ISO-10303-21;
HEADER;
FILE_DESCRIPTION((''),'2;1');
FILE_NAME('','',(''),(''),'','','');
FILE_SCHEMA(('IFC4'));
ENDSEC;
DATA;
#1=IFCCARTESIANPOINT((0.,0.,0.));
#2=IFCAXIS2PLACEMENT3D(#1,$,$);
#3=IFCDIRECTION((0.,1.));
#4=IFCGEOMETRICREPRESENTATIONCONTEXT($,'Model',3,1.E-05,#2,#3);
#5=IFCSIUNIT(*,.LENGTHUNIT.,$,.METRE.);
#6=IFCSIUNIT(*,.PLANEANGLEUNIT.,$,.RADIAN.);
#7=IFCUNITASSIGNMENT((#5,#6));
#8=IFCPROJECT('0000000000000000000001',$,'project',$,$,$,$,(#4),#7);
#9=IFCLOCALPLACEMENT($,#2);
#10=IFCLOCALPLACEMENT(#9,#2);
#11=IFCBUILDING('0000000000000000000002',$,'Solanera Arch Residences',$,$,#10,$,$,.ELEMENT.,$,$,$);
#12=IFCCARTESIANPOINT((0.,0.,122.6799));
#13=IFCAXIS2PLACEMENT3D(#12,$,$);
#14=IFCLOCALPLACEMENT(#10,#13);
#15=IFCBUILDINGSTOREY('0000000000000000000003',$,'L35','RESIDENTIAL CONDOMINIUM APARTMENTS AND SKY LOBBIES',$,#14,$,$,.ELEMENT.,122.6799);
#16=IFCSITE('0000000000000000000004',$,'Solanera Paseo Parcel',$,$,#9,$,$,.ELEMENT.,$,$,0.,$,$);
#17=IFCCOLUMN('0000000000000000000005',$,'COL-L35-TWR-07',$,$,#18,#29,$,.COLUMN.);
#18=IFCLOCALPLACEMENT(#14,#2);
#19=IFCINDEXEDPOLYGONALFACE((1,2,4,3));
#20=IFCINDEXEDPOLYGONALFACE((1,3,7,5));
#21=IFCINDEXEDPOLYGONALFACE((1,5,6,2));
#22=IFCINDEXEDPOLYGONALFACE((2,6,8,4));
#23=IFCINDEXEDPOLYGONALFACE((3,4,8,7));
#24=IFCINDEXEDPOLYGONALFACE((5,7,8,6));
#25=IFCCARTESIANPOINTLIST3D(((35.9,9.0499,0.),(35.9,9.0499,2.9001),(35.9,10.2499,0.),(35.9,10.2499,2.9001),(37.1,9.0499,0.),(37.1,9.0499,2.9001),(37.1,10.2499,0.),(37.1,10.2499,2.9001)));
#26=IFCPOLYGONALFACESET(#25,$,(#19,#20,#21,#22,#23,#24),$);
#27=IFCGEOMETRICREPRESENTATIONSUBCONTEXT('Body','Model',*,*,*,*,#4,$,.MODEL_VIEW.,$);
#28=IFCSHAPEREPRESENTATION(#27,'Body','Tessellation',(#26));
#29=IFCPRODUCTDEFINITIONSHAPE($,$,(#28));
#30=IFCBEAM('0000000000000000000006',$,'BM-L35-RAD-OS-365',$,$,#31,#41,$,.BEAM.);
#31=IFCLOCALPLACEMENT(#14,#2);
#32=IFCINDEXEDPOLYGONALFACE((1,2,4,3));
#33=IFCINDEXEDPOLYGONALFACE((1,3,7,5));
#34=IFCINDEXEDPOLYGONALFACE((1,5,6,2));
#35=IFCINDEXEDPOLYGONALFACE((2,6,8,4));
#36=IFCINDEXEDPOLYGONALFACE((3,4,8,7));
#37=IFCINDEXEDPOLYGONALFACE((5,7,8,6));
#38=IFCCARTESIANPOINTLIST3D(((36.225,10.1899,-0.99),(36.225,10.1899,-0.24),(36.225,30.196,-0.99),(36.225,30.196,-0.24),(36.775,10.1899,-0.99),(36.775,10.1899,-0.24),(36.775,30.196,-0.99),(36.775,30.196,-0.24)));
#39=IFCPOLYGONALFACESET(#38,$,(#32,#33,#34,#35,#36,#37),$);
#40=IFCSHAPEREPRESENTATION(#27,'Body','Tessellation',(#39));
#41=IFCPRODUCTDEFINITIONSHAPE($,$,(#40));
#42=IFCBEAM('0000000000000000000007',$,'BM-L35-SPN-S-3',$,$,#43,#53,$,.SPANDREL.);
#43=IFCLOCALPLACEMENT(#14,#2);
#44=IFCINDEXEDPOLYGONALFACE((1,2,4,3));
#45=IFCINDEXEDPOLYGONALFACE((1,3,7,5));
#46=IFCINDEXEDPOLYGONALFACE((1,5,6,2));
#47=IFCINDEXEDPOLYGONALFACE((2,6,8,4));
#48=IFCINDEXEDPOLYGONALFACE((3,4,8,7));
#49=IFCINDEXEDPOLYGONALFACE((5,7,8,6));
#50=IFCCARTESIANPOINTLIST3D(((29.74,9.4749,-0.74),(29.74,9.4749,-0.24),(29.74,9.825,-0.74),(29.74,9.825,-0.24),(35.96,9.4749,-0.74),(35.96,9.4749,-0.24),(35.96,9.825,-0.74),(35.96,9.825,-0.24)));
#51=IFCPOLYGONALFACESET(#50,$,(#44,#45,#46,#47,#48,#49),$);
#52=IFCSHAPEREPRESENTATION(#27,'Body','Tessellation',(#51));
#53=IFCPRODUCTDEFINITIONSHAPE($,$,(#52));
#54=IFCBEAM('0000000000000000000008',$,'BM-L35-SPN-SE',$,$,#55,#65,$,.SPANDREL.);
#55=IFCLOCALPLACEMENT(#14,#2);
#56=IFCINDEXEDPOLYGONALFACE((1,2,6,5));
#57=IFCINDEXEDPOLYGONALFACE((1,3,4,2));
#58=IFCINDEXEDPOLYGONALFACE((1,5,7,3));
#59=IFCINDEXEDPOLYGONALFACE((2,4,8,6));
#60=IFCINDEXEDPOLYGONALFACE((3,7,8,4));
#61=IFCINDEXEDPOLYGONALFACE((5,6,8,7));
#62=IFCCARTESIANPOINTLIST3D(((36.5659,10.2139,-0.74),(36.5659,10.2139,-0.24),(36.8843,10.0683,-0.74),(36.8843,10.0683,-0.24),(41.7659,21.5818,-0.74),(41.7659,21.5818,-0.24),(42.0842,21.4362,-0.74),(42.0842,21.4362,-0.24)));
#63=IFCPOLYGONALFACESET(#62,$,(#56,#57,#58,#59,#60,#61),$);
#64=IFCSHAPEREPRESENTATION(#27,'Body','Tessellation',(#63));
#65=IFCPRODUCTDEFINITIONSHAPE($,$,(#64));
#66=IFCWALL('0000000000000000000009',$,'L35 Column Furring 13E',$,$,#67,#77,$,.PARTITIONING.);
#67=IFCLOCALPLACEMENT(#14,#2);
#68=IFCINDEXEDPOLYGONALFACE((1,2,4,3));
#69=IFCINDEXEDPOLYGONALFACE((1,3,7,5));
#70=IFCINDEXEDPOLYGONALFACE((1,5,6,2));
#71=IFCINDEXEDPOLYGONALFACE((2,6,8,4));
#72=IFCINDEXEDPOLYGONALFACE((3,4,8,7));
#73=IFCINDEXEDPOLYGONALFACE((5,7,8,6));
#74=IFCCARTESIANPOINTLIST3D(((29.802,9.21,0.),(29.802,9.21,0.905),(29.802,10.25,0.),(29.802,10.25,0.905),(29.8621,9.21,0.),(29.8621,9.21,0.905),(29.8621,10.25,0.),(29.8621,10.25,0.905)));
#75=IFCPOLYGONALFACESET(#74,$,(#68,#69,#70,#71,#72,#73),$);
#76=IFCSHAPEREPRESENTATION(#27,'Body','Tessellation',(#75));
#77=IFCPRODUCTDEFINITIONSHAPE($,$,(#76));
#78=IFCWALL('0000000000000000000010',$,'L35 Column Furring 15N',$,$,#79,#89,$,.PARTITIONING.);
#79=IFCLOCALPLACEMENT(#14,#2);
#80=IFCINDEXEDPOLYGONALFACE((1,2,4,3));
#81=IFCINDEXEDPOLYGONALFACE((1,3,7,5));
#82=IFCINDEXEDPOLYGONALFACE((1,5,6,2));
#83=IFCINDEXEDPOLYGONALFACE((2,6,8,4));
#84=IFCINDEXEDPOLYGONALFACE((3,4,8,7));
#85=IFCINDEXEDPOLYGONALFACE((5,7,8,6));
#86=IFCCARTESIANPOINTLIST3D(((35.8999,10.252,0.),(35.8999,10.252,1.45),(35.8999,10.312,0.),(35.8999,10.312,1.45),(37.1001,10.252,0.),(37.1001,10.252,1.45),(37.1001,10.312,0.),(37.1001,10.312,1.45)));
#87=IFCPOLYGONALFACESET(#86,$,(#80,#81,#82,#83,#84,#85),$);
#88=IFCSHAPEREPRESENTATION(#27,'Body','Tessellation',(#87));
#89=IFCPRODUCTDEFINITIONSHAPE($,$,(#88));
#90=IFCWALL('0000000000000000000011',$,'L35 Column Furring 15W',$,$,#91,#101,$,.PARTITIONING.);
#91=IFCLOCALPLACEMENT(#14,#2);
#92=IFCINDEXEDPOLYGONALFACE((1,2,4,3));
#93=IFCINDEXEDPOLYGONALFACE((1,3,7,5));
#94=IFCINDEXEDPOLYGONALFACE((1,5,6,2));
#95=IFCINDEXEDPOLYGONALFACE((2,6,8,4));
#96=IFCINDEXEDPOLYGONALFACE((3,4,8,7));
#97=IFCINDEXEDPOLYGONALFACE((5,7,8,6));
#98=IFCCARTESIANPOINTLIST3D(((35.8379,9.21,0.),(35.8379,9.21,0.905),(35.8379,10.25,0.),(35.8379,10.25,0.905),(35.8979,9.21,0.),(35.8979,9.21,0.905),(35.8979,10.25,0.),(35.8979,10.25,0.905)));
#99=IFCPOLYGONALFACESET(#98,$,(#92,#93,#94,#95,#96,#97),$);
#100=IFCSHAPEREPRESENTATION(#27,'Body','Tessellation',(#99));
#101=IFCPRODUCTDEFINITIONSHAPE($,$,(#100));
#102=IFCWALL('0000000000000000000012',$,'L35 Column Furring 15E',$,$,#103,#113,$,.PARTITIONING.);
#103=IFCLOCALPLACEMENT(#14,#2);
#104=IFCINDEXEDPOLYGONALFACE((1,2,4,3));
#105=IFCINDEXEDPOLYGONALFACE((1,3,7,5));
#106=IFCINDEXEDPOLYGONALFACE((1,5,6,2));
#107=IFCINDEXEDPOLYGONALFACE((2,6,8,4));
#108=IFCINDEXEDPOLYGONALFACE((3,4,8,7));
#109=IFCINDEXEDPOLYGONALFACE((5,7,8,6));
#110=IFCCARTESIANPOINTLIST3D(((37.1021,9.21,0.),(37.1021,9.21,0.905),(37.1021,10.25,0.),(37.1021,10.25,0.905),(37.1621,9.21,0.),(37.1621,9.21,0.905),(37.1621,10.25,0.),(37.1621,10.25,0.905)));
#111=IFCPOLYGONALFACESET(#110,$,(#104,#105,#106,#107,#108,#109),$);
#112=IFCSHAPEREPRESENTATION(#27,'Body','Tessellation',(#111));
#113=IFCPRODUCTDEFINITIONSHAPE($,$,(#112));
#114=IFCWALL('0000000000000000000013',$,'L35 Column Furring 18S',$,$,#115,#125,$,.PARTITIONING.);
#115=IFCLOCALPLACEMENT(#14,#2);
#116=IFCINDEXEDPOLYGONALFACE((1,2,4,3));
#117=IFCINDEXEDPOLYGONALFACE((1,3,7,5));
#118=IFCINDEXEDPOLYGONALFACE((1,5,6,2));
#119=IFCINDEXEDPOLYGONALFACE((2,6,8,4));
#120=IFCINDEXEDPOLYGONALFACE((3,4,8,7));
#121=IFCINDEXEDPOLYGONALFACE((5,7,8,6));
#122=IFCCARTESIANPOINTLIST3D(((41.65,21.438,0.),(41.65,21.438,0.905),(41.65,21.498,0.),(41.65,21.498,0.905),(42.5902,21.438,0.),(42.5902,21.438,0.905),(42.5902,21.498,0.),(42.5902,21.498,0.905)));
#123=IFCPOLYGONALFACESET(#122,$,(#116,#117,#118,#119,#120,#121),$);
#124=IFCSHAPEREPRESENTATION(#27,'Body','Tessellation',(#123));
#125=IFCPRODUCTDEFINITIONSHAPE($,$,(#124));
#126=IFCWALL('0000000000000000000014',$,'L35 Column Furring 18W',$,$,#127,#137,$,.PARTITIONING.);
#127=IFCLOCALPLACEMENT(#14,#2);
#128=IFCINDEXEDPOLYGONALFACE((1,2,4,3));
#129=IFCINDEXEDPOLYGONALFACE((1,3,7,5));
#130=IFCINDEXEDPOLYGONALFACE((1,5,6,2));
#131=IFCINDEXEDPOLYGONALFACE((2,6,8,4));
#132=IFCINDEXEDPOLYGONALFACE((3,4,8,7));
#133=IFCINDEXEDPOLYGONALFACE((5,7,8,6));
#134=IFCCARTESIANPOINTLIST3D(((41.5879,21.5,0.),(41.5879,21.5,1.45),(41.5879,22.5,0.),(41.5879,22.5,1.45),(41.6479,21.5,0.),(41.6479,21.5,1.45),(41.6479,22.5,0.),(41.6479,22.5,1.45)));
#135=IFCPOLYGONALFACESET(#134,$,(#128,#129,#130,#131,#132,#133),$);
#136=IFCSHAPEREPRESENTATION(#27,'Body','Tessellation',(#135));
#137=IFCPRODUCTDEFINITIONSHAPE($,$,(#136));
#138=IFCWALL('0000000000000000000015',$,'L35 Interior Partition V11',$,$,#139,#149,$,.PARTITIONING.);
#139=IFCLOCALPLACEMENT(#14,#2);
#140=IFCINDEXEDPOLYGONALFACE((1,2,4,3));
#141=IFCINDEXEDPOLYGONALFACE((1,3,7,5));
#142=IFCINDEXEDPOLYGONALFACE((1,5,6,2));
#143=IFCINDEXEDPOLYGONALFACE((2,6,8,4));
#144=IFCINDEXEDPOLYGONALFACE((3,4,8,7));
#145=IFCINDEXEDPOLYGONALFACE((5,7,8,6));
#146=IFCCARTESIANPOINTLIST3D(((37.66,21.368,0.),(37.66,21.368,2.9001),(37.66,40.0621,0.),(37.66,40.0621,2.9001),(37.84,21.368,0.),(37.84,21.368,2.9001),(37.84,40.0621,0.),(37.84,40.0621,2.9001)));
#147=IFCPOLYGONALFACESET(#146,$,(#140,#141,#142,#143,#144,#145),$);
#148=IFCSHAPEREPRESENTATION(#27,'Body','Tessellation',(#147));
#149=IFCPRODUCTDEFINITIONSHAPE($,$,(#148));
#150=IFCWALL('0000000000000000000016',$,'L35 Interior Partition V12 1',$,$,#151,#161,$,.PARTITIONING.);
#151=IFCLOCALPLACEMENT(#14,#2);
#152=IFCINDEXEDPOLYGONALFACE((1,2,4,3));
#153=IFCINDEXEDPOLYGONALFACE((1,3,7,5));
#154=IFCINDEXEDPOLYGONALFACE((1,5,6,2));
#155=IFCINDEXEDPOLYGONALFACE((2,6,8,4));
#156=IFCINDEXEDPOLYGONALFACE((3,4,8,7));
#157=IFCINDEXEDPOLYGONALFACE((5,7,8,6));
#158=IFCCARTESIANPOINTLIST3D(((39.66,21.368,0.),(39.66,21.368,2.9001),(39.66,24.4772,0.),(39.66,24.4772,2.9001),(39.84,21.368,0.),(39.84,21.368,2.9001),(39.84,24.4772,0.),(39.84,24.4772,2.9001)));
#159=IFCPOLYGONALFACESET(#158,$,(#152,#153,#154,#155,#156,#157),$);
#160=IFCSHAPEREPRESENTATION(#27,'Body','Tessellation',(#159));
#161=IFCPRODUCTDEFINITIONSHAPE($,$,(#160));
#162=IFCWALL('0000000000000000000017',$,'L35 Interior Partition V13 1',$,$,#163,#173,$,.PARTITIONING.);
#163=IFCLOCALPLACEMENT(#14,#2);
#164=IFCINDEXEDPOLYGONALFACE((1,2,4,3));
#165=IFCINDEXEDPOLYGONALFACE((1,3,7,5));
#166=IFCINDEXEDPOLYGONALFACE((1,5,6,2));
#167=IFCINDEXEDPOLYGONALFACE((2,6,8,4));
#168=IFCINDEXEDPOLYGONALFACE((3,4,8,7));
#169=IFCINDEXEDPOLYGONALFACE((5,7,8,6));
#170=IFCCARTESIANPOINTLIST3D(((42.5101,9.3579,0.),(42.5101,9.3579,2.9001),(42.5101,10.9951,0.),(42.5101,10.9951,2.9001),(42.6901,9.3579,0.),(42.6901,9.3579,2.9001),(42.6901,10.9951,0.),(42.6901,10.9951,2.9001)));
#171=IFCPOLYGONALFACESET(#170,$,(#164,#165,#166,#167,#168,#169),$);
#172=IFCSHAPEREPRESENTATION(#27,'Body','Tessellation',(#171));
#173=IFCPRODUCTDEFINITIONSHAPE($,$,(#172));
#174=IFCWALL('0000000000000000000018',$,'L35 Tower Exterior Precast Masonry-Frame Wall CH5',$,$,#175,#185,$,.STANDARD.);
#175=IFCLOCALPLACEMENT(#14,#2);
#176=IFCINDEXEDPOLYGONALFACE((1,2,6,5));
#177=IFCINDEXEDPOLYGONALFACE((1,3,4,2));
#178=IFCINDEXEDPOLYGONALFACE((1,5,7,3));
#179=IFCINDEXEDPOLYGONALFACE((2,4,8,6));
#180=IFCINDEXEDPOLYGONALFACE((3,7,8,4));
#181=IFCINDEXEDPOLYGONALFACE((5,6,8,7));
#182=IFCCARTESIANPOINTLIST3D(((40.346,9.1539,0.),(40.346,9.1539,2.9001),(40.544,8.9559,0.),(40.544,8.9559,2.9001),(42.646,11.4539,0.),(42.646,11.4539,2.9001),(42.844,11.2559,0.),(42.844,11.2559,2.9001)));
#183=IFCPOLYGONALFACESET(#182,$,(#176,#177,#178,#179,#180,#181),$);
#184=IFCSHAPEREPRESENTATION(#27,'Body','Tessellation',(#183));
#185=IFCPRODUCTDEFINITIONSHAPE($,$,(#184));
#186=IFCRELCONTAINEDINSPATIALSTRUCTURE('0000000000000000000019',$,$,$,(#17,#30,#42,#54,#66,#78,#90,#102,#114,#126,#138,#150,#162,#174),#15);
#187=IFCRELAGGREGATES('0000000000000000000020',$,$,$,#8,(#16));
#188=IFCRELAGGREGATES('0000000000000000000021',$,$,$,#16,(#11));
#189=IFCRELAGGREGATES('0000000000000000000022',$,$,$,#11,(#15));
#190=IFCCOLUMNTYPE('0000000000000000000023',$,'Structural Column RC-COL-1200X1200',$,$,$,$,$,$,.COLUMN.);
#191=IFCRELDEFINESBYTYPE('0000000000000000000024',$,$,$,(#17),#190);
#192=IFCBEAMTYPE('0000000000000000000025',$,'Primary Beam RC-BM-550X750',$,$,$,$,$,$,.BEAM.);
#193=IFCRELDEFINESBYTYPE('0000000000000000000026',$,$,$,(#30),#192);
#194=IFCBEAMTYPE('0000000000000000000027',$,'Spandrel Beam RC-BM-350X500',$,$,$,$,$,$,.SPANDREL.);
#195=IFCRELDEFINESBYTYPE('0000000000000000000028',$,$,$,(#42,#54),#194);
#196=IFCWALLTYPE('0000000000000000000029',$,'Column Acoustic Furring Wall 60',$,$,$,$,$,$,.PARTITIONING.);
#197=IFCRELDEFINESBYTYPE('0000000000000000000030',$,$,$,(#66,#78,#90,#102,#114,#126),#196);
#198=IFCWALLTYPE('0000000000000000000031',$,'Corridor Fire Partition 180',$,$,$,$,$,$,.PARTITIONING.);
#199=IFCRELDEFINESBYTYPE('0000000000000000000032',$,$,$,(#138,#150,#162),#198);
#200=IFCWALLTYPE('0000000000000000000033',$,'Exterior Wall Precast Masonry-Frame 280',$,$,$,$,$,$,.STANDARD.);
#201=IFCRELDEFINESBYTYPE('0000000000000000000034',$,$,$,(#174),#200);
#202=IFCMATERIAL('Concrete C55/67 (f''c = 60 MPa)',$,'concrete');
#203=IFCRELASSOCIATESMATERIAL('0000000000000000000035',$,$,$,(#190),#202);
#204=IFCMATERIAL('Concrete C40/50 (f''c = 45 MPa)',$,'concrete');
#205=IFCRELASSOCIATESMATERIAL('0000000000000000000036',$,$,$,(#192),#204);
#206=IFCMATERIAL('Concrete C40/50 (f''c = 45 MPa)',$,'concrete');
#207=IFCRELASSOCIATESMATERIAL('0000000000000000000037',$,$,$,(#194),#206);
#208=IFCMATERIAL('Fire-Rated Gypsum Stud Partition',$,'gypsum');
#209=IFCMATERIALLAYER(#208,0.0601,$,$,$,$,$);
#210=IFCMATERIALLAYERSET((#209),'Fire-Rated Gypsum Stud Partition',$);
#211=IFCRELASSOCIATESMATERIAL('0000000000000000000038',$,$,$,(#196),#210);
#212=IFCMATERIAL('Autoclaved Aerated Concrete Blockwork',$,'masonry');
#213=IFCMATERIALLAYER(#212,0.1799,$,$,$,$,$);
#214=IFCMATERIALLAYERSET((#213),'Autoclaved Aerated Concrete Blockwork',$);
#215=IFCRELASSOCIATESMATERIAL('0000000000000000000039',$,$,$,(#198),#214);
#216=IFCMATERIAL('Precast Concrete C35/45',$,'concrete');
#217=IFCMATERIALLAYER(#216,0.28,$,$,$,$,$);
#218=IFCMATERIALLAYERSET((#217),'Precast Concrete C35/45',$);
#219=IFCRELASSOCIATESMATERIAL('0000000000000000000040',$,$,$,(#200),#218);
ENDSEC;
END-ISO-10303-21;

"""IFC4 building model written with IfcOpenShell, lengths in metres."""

from ifc_helpers import new_model, si_unit, direction, frame, frame_2d, origin, origin_2d, place, context, subcontext, project, spatial, rectangle, extrude, material, layer, layer_set, material_profile, profile_set, type_object, element, save


model = new_model("IFC4")

# Units and contexts
model_context = context("Model", 3, precision=1e-05, world=origin(), true_north=direction((0.0, 1.0)))
body_context = subcontext(model_context, "Body", "Model", "MODEL_VIEW")
ifc_project = project(units=[si_unit("LENGTHUNIT", "METRE"), si_unit("PLANEANGLEUNIT", "RADIAN")], contexts=[model_context])

# Site, building, storey
site_placement = place(None, origin())
site = spatial("IfcSite", under=ifc_project, at=site_placement, Name="Solanera Paseo Parcel", CompositionType="ELEMENT", RefElevation=0.0)
building_placement = place(site_placement, origin())
building = spatial("IfcBuilding", under=site, at=building_placement, Name="Solanera Arch Residences", CompositionType="ELEMENT")
storey_placement = place(building_placement, frame((0.0, 0.0, 122.6799)))
storey = spatial("IfcBuildingStorey", under=building, at=storey_placement, Name="L35", Description="RESIDENTIAL CONDOMINIUM APARTMENTS AND SKY LOBBIES", CompositionType="ELEMENT", Elevation=122.6799)

# Column
ifc_material_1 = material(Name="Concrete C55/67 (f'c = 60 MPa)", Category="concrete")
ifc_material_profile_1 = material_profile(ifc_material_1, rectangle(XDim=1.2, YDim=1.2, at=origin_2d()))
ifc_profile_set_1 = profile_set([ifc_material_profile_1], Name="Concrete C55/67 (f'c = 60 MPa)")
column_type = type_object("IfcColumnType", Name="Structural Column RC-COL-1200X1200", PredefinedType="COLUMN", material=ifc_profile_set_1)
column_placement = place(storey_placement, frame((36.5, 9.6499, 0.0), z_axis=(0.0, 0.0, 1.0), x_axis=(1.0, 0.0, 0.0)))
element("IfcColumn", 1, at=column_placement, inside=storey, type_object=column_type, Name="COL-L35-TWR-07", PredefinedType="COLUMN", context=body_context, shape_type="SweptSolid", body=[
    extrude(rectangle(XDim=1.2, YDim=1.2, at=origin_2d()), origin(), (0.0, 0.0, 1.0), 2.9001),
])

# Beams
ifc_material_2 = material(Name="Concrete C40/50 (f'c = 45 MPa)", Category="concrete")
ifc_material_profile_2 = material_profile(ifc_material_2, rectangle(XDim=0.55, YDim=0.75, at=origin_2d()))
ifc_profile_set_2 = profile_set([ifc_material_profile_2], Name="Concrete C40/50 (f'c = 45 MPa)")
beam_type_1 = type_object("IfcBeamType", Name="Primary Beam RC-BM-550X750", PredefinedType="BEAM", material=ifc_profile_set_2)
beam_1_placement = place(storey_placement, frame((36.5, 10.1899, -0.615), z_axis=(0.0, 1.0, 0.0), x_axis=(-1.0, 0.0, 0.0)))
element("IfcBeam", 2, at=beam_1_placement, inside=storey, type_object=beam_type_1, Name="BM-L35-RAD-OS-365", PredefinedType="BEAM", context=body_context, shape_type="SweptSolid", body=[
    extrude(rectangle(XDim=0.55, YDim=0.75, at=origin_2d()), origin(), (0.0, 0.0, 1.0), 20.0061),
])
ifc_material_3 = material(Name="Concrete C40/50 (f'c = 45 MPa)", Category="concrete")
ifc_material_profile_3 = material_profile(ifc_material_3, rectangle(XDim=0.3501, YDim=0.5, at=origin_2d()))
ifc_profile_set_3 = profile_set([ifc_material_profile_3], Name="Concrete C40/50 (f'c = 45 MPa)")
beam_type_2 = type_object("IfcBeamType", Name="Spandrel Beam RC-BM-350X500", PredefinedType="SPANDREL", material=ifc_profile_set_3)
beam_2_placement = place(storey_placement, frame((29.74, 9.6499, -0.49), z_axis=(1.0, 0.0, 0.0), x_axis=(0.0, 1.0, 0.0)))
element("IfcBeam", 3, at=beam_2_placement, inside=storey, type_object=beam_type_2, Name="BM-L35-SPN-S-3", PredefinedType="SPANDREL", context=body_context, shape_type="SweptSolid", body=[
    extrude(rectangle(XDim=0.3501, YDim=0.5, at=origin_2d()), origin(), (0.0, 0.0, 1.0), 6.22),
])
beam_3_placement = place(storey_placement, frame((36.7251, 10.1411, -0.49), z_axis=(0.415971, 0.909378, 0.0), x_axis=(-0.909378, 0.415971, 0.0)))
element("IfcBeam", 4, at=beam_3_placement, inside=storey, type_object=beam_type_2, Name="BM-L35-SPN-SE", PredefinedType="SPANDREL", context=body_context, shape_type="SweptSolid", body=[
    extrude(rectangle(XDim=0.3501, YDim=0.5, at=origin_2d()), origin(), (0.0, 0.0, 1.0), 12.5007),
])

# Walls
ifc_material_4 = material(Name="Fire-Rated Gypsum Stud Partition", Category="gypsum")
ifc_layer_1 = layer(ifc_material_4, 0.0601)
ifc_layer_set_1 = layer_set([ifc_layer_1], Name="Fire-Rated Gypsum Stud Partition")
wall_type_1 = type_object("IfcWallType", Name="Column Acoustic Furring Wall 60", PredefinedType="PARTITIONING", material=ifc_layer_set_1)
wall_1_placement = place(storey_placement, frame((29.832, 9.21, 0.0), z_axis=(0.0, 0.0, 1.0), x_axis=(0.0, 1.0, 0.0)))
element("IfcWall", 5, at=wall_1_placement, inside=storey, type_object=wall_type_1, Name="L35 Column Furring 13E", PredefinedType="PARTITIONING", context=body_context, shape_type="SweptSolid", body=[
    extrude(rectangle(XDim=1.04, YDim=0.0601, at=frame_2d((0.52, 0.0))), origin(), (0.0, 0.0, 1.0), 0.905),
])
wall_2_placement = place(storey_placement, frame((35.8999, 10.282, 0.0), z_axis=(0.0, 0.0, 1.0), x_axis=(1.0, 0.0, 0.0)))
element("IfcWall", 6, at=wall_2_placement, inside=storey, type_object=wall_type_1, Name="L35 Column Furring 15N", PredefinedType="PARTITIONING", context=body_context, shape_type="SweptSolid", body=[
    extrude(rectangle(XDim=1.2002, YDim=0.0601, at=frame_2d((0.6001, 0.0))), origin(), (0.0, 0.0, 1.0), 1.45),
])
for number, where, z_axis, x_axis, name in (
    (7, (35.8679, 9.21, 0.0), (0.0, 0.0, 1.0), (0.0, 1.0, 0.0), "L35 Column Furring 15W"),
    (8, (37.1321, 9.21, 0.0), (0.0, 0.0, 1.0), (0.0, 1.0, 0.0), "L35 Column Furring 15E"),
):
    element("IfcWall", number, at=place(storey_placement, frame(where, z_axis=z_axis, x_axis=x_axis)), inside=storey, type_object=wall_type_1, Name=name, PredefinedType="PARTITIONING", context=body_context, shape_type="SweptSolid", body=[
        extrude(rectangle(XDim=1.04, YDim=0.0601, at=frame_2d((0.52, 0.0))), origin(), (0.0, 0.0, 1.0), 0.905),
    ])
wall_3_placement = place(storey_placement, frame((41.6499, 21.468, 0.0), z_axis=(0.0, 0.0, 1.0), x_axis=(1.0, 0.0, 0.0)))
element("IfcWall", 9, at=wall_3_placement, inside=storey, type_object=wall_type_1, Name="L35 Column Furring 18S", PredefinedType="PARTITIONING", context=body_context, shape_type="SweptSolid", body=[
    extrude(rectangle(XDim=0.9402, YDim=0.0601, at=frame_2d((0.4702, 0.0))), origin(), (0.0, 0.0, 1.0), 0.905),
])
wall_4_placement = place(storey_placement, frame((41.6179, 21.5, 0.0), z_axis=(0.0, 0.0, 1.0), x_axis=(0.0, 1.0, 0.0)))
element("IfcWall", 10, at=wall_4_placement, inside=storey, type_object=wall_type_1, Name="L35 Column Furring 18W", PredefinedType="PARTITIONING", context=body_context, shape_type="SweptSolid", body=[
    extrude(rectangle(XDim=1.0, YDim=0.0601, at=frame_2d((0.5, 0.0))), origin(), (0.0, 0.0, 1.0), 1.45),
])
ifc_material_5 = material(Name="Autoclaved Aerated Concrete Blockwork", Category="masonry")
ifc_layer_2 = layer(ifc_material_5, 0.1799)
ifc_layer_set_2 = layer_set([ifc_layer_2], Name="Autoclaved Aerated Concrete Blockwork")
wall_type_2 = type_object("IfcWallType", Name="Corridor Fire Partition 180", PredefinedType="PARTITIONING", material=ifc_layer_set_2)
wall_5_placement = place(storey_placement, frame((37.75, 21.3679, 0.0), z_axis=(0.0, 0.0, 1.0), x_axis=(0.0, 1.0, 0.0)))
element("IfcWall", 11, at=wall_5_placement, inside=storey, type_object=wall_type_2, Name="L35 Interior Partition V11", PredefinedType="PARTITIONING", context=body_context, shape_type="SweptSolid", body=[
    extrude(rectangle(XDim=18.6941, YDim=0.1799, at=frame_2d((9.3472, 0.0))), origin(), (0.0, 0.0, 1.0), 2.9001),
])
wall_6_placement = place(storey_placement, frame((39.75, 21.3679, 0.0), z_axis=(0.0, 0.0, 1.0), x_axis=(0.0, 1.0, 0.0)))
element("IfcWall", 12, at=wall_6_placement, inside=storey, type_object=wall_type_2, Name="L35 Interior Partition V12 1", PredefinedType="PARTITIONING", context=body_context, shape_type="SweptSolid", body=[
    extrude(rectangle(XDim=3.1091, YDim=0.1799, at=frame_2d((1.5547, 0.0))), origin(), (0.0, 0.0, 1.0), 2.9001),
])
wall_7_placement = place(storey_placement, frame((42.6001, 9.3579, 0.0), z_axis=(0.0, 0.0, 1.0), x_axis=(0.0, 1.0, 0.0)))
element("IfcWall", 13, at=wall_7_placement, inside=storey, type_object=wall_type_2, Name="L35 Interior Partition V13 1", PredefinedType="PARTITIONING", context=body_context, shape_type="SweptSolid", body=[
    extrude(rectangle(XDim=1.6372, YDim=0.1799, at=frame_2d((0.8186, 0.0))), origin(), (0.0, 0.0, 1.0), 2.9001),
])
ifc_material_6 = material(Name="Precast Concrete C35/45", Category="concrete")
ifc_layer_3 = layer(ifc_material_6, 0.28)
ifc_layer_set_3 = layer_set([ifc_layer_3], Name="Precast Concrete C35/45")
wall_type_3 = type_object("IfcWallType", Name="Exterior Wall Precast Masonry-Frame 280", PredefinedType="STANDARD", material=ifc_layer_set_3)
wall_8_placement = place(storey_placement, frame((42.7451, 11.355, 0.0), z_axis=(0.0, 0.0, 1.0), x_axis=(-0.707107, -0.707107, 0.0)))
element("IfcWall", 14, at=wall_8_placement, inside=storey, type_object=wall_type_3, Name="L35 Tower Exterior Precast Masonry-Frame Wall CH5", PredefinedType="STANDARD", context=body_context, shape_type="SweptSolid", body=[
    extrude(rectangle(XDim=3.2527, YDim=0.28, at=frame_2d((1.6265, 0.0))), origin(), (0.0, 0.0, 1.0), 2.9001),
])

save(model, "model.ifc")
